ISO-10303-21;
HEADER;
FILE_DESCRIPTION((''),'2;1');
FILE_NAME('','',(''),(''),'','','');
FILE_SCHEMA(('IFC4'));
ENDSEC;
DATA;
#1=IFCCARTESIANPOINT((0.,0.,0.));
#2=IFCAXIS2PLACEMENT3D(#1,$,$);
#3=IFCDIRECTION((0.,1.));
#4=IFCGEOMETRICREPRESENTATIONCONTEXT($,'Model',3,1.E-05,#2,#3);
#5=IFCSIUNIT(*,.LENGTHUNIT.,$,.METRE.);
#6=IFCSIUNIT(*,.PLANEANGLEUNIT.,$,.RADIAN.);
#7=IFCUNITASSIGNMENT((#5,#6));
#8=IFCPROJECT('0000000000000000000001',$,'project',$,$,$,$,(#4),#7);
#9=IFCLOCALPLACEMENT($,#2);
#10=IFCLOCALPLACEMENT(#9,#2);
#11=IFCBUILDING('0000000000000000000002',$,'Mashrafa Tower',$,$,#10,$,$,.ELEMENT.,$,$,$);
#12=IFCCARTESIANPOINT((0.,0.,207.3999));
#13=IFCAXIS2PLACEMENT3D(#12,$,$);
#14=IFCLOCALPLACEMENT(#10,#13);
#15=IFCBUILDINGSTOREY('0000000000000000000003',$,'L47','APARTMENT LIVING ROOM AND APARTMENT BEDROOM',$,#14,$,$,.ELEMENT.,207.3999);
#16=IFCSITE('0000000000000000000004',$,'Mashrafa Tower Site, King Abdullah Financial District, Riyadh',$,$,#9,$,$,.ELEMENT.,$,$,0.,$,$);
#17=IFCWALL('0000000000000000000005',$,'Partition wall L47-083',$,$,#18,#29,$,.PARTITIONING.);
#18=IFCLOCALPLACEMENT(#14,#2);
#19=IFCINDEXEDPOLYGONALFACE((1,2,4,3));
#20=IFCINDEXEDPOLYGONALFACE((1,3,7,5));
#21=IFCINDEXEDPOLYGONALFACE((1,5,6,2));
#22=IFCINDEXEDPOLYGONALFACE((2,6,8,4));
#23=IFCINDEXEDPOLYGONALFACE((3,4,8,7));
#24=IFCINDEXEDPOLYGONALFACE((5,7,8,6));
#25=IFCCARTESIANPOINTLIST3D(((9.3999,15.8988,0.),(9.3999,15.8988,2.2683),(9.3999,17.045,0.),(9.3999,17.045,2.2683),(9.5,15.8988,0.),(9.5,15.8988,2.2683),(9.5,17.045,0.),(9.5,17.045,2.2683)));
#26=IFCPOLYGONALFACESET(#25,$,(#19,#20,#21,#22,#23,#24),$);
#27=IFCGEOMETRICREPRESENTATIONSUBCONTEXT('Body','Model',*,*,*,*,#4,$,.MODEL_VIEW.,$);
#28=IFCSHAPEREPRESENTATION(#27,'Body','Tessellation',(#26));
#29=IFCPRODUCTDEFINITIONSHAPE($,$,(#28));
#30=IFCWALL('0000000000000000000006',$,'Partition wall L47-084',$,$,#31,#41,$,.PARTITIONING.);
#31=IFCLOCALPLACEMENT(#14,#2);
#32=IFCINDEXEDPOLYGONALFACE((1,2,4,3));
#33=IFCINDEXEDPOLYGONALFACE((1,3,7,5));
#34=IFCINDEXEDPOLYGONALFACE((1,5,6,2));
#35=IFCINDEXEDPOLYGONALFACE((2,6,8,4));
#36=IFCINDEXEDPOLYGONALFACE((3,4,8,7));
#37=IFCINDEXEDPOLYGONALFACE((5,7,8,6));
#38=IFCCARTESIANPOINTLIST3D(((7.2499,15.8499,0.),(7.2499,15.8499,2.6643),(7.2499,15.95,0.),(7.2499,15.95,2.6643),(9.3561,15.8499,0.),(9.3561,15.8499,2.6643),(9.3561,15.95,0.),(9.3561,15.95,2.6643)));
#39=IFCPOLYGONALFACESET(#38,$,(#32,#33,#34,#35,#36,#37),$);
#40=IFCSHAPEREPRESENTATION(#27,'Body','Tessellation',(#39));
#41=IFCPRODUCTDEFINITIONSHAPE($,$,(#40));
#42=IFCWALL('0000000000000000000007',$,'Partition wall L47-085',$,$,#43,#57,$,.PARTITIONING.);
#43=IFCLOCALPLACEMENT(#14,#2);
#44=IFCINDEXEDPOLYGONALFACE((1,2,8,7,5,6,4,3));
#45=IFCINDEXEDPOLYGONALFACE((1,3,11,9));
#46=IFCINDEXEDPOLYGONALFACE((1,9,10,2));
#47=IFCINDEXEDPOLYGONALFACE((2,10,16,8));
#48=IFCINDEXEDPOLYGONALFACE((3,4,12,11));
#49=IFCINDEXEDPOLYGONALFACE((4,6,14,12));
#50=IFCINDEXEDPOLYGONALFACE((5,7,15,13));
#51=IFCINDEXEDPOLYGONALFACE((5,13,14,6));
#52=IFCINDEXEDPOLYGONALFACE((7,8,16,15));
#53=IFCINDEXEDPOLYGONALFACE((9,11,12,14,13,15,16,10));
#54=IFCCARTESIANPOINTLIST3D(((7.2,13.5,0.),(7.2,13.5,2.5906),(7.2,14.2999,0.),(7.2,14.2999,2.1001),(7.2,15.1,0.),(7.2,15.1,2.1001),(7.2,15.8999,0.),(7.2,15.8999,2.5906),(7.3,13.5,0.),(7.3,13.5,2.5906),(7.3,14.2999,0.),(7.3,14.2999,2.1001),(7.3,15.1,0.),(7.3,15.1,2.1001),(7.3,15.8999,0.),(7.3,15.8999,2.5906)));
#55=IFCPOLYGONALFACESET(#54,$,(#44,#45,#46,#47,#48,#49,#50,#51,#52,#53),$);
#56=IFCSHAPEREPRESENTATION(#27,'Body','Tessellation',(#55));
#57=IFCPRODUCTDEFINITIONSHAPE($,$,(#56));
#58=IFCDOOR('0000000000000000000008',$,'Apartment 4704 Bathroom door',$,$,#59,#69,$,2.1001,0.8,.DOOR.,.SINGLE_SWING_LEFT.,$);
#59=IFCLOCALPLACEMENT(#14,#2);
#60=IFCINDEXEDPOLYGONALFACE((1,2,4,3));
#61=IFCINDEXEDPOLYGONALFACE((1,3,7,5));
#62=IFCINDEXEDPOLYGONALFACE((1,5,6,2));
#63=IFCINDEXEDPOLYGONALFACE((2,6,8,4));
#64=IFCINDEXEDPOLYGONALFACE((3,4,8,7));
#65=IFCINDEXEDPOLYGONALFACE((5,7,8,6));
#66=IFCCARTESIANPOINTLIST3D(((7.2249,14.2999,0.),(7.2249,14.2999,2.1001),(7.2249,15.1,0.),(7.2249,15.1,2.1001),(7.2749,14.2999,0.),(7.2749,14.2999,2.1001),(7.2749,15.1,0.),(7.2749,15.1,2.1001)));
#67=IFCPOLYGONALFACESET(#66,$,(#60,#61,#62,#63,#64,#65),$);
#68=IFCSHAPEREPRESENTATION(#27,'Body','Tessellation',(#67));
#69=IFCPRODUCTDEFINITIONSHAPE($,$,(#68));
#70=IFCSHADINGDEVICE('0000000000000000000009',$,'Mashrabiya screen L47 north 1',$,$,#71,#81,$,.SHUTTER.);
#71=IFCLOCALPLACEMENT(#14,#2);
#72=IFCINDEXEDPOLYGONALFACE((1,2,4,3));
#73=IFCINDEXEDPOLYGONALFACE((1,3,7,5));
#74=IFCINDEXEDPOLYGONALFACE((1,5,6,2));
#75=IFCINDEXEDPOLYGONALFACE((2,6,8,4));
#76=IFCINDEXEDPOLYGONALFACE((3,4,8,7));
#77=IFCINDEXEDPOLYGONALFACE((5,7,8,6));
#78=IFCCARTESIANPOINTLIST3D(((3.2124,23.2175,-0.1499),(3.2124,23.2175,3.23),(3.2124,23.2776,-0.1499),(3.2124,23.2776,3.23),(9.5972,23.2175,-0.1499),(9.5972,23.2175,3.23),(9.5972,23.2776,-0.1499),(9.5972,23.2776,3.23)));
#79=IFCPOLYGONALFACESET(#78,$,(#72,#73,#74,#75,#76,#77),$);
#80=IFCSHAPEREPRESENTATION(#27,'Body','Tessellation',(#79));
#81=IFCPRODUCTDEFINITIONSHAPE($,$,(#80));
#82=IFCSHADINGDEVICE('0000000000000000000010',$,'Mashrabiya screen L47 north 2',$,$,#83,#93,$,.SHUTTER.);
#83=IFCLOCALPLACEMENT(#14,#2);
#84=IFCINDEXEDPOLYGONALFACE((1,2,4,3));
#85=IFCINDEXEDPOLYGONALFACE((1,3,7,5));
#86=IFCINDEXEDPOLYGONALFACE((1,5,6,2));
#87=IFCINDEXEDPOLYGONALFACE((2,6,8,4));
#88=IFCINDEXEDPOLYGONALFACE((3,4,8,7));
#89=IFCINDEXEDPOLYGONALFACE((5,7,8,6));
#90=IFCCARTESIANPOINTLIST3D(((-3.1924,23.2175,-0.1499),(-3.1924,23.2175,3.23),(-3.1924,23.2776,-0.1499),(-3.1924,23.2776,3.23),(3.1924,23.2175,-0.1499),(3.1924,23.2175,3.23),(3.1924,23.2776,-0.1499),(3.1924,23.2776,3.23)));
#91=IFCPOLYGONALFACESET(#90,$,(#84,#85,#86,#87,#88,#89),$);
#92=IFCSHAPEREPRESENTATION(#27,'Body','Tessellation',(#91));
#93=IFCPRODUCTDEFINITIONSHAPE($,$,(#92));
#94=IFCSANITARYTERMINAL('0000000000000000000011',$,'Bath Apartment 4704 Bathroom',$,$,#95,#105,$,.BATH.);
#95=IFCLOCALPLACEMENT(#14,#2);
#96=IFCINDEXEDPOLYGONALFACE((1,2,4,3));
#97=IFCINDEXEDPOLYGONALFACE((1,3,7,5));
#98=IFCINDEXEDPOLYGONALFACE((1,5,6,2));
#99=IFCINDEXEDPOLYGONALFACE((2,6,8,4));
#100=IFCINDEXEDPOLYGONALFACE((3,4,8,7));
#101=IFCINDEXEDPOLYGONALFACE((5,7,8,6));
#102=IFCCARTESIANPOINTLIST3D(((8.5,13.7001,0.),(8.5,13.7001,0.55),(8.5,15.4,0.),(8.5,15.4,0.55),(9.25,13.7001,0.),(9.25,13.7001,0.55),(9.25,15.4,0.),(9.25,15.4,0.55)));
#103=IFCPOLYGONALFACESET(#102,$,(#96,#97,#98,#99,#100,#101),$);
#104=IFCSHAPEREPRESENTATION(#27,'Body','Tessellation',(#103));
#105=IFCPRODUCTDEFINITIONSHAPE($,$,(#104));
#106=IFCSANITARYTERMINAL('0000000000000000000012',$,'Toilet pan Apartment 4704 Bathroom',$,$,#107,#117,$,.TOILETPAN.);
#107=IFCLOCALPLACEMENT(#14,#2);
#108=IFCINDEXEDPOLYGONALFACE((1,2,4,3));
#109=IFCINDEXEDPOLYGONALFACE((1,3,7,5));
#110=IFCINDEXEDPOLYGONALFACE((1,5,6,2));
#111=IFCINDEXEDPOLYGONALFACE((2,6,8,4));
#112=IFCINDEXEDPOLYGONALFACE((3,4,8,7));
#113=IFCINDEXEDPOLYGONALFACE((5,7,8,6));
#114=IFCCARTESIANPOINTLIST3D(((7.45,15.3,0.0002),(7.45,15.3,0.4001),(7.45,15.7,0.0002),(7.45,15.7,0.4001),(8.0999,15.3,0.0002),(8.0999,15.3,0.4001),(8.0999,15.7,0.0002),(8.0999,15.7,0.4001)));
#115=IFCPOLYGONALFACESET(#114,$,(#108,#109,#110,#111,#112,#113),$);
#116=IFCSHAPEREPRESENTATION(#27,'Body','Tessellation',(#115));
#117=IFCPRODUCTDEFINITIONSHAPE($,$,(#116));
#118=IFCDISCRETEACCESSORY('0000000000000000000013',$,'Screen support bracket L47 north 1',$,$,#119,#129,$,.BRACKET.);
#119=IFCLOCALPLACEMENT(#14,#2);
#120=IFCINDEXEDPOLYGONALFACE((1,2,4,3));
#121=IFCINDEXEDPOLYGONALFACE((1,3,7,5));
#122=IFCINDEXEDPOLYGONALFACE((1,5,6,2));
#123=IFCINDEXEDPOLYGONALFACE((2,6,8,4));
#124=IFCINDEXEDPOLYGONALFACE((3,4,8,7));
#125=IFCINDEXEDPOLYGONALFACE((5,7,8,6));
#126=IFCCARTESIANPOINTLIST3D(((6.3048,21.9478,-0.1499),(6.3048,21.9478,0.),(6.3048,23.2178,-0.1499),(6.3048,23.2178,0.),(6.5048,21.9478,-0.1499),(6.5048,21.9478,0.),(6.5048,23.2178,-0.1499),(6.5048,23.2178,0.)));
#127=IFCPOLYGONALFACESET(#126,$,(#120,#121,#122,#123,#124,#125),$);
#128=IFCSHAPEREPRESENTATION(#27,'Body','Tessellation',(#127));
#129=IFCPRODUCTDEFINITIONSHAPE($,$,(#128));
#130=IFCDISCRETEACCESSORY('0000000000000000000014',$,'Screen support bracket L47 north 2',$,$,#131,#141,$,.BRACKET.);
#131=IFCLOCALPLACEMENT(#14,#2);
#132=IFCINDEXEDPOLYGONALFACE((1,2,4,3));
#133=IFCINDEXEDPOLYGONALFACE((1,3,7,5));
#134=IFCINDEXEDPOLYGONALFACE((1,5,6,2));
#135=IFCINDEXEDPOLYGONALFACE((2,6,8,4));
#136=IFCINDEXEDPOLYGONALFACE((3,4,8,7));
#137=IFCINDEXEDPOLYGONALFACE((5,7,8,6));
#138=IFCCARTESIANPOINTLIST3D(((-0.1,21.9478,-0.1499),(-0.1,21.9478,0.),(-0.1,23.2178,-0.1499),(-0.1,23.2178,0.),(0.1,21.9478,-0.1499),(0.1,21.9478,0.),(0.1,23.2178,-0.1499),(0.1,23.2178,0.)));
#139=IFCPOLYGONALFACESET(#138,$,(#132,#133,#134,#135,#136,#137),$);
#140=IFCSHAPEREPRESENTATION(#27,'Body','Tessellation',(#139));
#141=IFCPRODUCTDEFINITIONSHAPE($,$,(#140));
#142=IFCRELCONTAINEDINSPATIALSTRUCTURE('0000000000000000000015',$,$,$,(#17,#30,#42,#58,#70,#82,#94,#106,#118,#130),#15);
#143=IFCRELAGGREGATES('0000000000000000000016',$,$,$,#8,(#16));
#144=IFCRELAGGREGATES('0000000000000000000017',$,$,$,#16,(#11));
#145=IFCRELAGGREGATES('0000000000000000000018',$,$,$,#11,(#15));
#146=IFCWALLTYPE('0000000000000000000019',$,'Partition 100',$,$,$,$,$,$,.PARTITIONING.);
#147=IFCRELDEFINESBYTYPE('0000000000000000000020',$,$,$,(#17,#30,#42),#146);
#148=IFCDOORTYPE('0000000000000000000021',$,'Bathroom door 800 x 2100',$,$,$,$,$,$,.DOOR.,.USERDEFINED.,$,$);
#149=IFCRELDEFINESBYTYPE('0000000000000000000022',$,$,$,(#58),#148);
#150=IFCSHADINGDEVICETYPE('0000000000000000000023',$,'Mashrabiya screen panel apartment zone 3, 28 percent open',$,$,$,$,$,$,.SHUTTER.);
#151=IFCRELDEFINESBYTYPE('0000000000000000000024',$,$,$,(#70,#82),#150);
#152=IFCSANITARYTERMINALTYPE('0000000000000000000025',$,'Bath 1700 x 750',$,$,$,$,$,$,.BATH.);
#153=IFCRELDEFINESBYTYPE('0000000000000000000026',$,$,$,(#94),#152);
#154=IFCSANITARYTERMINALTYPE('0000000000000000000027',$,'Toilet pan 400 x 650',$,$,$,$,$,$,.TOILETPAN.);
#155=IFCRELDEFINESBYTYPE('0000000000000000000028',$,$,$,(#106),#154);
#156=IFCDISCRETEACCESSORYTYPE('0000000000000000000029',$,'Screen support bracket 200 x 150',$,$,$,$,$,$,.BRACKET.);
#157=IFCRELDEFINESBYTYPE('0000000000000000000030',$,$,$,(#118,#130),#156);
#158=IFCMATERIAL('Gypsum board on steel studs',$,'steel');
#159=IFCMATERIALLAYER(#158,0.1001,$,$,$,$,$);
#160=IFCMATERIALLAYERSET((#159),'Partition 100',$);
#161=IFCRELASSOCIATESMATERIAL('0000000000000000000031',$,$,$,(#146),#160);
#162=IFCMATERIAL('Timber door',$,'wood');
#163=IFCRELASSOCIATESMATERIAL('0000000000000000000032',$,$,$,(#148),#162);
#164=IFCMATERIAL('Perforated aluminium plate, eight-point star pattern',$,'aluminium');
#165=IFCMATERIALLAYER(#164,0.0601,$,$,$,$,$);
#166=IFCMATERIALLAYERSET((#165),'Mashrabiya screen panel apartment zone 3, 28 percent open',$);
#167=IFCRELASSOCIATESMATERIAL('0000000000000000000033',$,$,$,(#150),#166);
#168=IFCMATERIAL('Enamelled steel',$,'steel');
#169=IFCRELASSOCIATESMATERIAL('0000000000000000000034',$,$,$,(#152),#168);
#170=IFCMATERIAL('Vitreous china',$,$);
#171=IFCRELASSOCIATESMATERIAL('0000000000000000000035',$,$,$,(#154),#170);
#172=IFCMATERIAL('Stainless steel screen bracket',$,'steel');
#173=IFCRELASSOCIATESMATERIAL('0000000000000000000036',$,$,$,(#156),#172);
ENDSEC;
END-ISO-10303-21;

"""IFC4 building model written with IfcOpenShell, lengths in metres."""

from ifc_helpers import new_model, si_unit, direction, frame, frame_2d, origin, origin_2d, place, context, subcontext, project, spatial, rectangle, extrude, source, transform, mapped, material, layer, layer_set, type_object, type_shapes, element, fill, save


model = new_model("IFC4")

# Units and contexts
model_context = context("Model", 3, precision=1e-05, world=origin(), true_north=direction((0.0, 1.0)))
body_context = subcontext(model_context, "Body", "Model", "MODEL_VIEW")
ifc_project = project(units=[si_unit("LENGTHUNIT", "METRE"), si_unit("PLANEANGLEUNIT", "RADIAN")], contexts=[model_context])

# Site, building, storey
site_placement = place(None, origin())
site = spatial("IfcSite", under=ifc_project, at=site_placement, Name="Mashrafa Tower Site, King Abdullah Financial District, Riyadh", CompositionType="ELEMENT", RefElevation=0.0)
building_placement = place(site_placement, origin())
building = spatial("IfcBuilding", under=site, at=building_placement, Name="Mashrafa Tower", CompositionType="ELEMENT")
storey_placement = place(building_placement, frame((0.0, 0.0, 207.3999)))
storey = spatial("IfcBuildingStorey", under=building, at=storey_placement, Name="L47", Description="APARTMENT LIVING ROOM AND APARTMENT BEDROOM", CompositionType="ELEMENT", Elevation=207.3999)

# Shared definitions
ifc_material_1 = material(Name="Gypsum board on steel studs", Category="steel")
ifc_layer_1 = layer(ifc_material_1, 0.1001)
ifc_layer_set_1 = layer_set([ifc_layer_1], Name="Partition 100")
wall_type_1 = type_object("IfcWallType", Name="Partition 100", PredefinedType="PARTITIONING", material=ifc_layer_set_1)

# Walls
wall_1_placement = place(storey_placement, frame((9.45, 17.0452, 0.0), z_axis=(0.0, 0.0, 1.0), x_axis=(0.0, -1.0, 0.0)))
element("IfcWall", 1, at=wall_1_placement, inside=storey, type_object=wall_type_1, Name="Partition wall L47-083", PredefinedType="PARTITIONING", context=body_context, shape_type="SweptSolid", body=[
    extrude(rectangle(XDim=1.1462, YDim=0.1001, at=frame_2d((0.5732, 0.0))), origin(), (0.0, 0.0, 1.0), 2.2683),
])
wall_2_placement = place(storey_placement, frame((9.3562, 15.8999, 0.0), z_axis=(0.0, 0.0, 1.0), x_axis=(-1.0, 0.0, 0.0)))
element("IfcWall", 2, at=wall_2_placement, inside=storey, type_object=wall_type_1, Name="Partition wall L47-084", PredefinedType="PARTITIONING", context=body_context, shape_type="SweptSolid", body=[
    extrude(rectangle(XDim=2.1062, YDim=0.1001, at=frame_2d((1.0532, 0.0))), origin(), (0.0, 0.0, 1.0), 2.6643),
])

# Wall, opening, door
wall_3_placement = place(storey_placement, frame((7.25, 15.8999, 0.0), z_axis=(0.0, 0.0, 1.0), x_axis=(0.0, -1.0, 0.0)))
wall_3 = element("IfcWall", 3, at=wall_3_placement, inside=storey, type_object=wall_type_1, Name="Partition wall L47-085", PredefinedType="PARTITIONING", context=body_context, shape_type="SweptSolid", body=[
    extrude(rectangle(XDim=2.3999, YDim=0.1001, at=frame_2d((1.2, 0.0))), origin(), (0.0, 0.0, 1.0), 2.5906),
])
opening_1_placement = place(wall_3_placement, frame((0.8, 0.0, 0.0)))
opening_1 = element("IfcOpeningElement", 4, at=opening_1_placement, cuts=wall_3, PredefinedType="OPENING", context=body_context, shape_type="SweptSolid", body=[
    extrude(rectangle(XDim=0.8, YDim=2.1001, at=frame_2d((0.3999, 1.05))), frame((0.0, 0.0601, 0.0), z_axis=(0.0, -1.0, 0.0), x_axis=(1.0, 0.0, 0.0)), (0.0, 0.0, 1.0), 0.1201),
])
ifc_material_2 = material(Name="Timber door", Category="wood")
door_type_1 = type_object("IfcDoorType", Name="Bathroom door 800 x 2100", OperationType="USERDEFINED", PredefinedType="DOOR", material=ifc_material_2)
door_1_placement = place(opening_1_placement, origin())
door_1 = element("IfcDoor", 5, at=door_1_placement, inside=storey, type_object=door_type_1, Name="Apartment 4704 Bathroom door", OperationType="SINGLE_SWING_LEFT", OverallHeight=2.1001, OverallWidth=0.8, PredefinedType="DOOR", context=body_context, shape_type="SweptSolid", body=[
    extrude(rectangle(XDim=0.8, YDim=2.1001, at=frame_2d((0.3999, 1.05))), frame((0.0, 0.0249, 0.0), z_axis=(0.0, -1.0, 0.0), x_axis=(1.0, 0.0, 0.0)), (0.0, 0.0, 1.0), 0.05),
])
fill(opening_1, door_1)

# Shading devices
ifc_material_3 = material(Name="Perforated aluminium plate, eight-point star pattern", Category="aluminium")
ifc_layer_2 = layer(ifc_material_3, 0.0601)
ifc_layer_set_2 = layer_set([ifc_layer_2], Name="Mashrabiya screen panel apartment zone 3, 28 percent open")
shading_device_type = type_object("IfcShadingDeviceType", Name="Mashrabiya screen panel apartment zone 3, 28 percent open", PredefinedType="SHUTTER", material=ifc_layer_set_2)
shared_shape_1 = source(origin(), body_context, "Body", "SweptSolid", [
    extrude(rectangle(XDim=6.3848, YDim=0.0601, at=origin_2d()), origin(), (0.0, 0.0, 1.0), 3.3799),
])
type_shapes(shading_device_type, [shared_shape_1])
for number, where, z_axis, x_axis, name in (
    (6, (6.4048, 23.2476, -0.1499), (0.0, 0.0, 1.0), (-1.0, 0.0, 0.0), "Mashrabiya screen L47 north 1"),
    (7, (0.0, 23.2476, -0.1499), (0.0, 0.0, 1.0), (-1.0, 0.0, 0.0), "Mashrabiya screen L47 north 2"),
):
    element("IfcShadingDevice", number, at=place(storey_placement, frame(where, z_axis=z_axis, x_axis=x_axis)), inside=storey, type_object=shading_device_type, Name=name, PredefinedType="SHUTTER", context=body_context, shape_type="MappedRepresentation", body=[
        mapped(shared_shape_1, transform((0.0, 0.0, 0.0))),
    ])

# Sanitary terminals
ifc_material_4 = material(Name="Enamelled steel", Category="steel")
sanitary_terminal_type_1 = type_object("IfcSanitaryTerminalType", Name="Bath 1700 x 750", PredefinedType="BATH", material=ifc_material_4)
sanitary_terminal_1_placement = place(storey_placement, frame((8.875, 14.55, 0.0), z_axis=(0.0, 0.0, 1.0), x_axis=(0.0, 1.0, 0.0)))
element("IfcSanitaryTerminal", 8, at=sanitary_terminal_1_placement, inside=storey, type_object=sanitary_terminal_type_1, Name="Bath Apartment 4704 Bathroom", PredefinedType="BATH", context=body_context, shape_type="SweptSolid", body=[
    extrude(rectangle(XDim=1.7, YDim=0.75, at=origin_2d()), origin(), (0.0, 0.0, 1.0), 0.55),
])
ifc_material_5 = material(Name="Vitreous china")
sanitary_terminal_type_2 = type_object("IfcSanitaryTerminalType", Name="Toilet pan 400 x 650", PredefinedType="TOILETPAN", material=ifc_material_5)
sanitary_terminal_2_placement = place(storey_placement, frame((7.7749, 15.5, 0.0002), z_axis=(0.0, 0.0, 1.0), x_axis=(0.0, -1.0, 0.0)))
element("IfcSanitaryTerminal", 9, at=sanitary_terminal_2_placement, inside=storey, type_object=sanitary_terminal_type_2, Name="Toilet pan Apartment 4704 Bathroom", PredefinedType="TOILETPAN", context=body_context, shape_type="SweptSolid", body=[
    extrude(rectangle(XDim=0.3999, YDim=0.6499, at=origin_2d()), origin(), (0.0, 0.0, 1.0), 0.3999),
])

# Discrete accessories
ifc_material_6 = material(Name="Stainless steel screen bracket", Category="steel")
discrete_accessory_type = type_object("IfcDiscreteAccessoryType", Name="Screen support bracket 200 x 150", PredefinedType="BRACKET", material=ifc_material_6)
shared_shape_2 = source(origin(), body_context, "Body", "SweptSolid", [
    extrude(rectangle(XDim=0.2, YDim=1.27, at=origin_2d()), origin(), (0.0, 0.0, 1.0), 0.1499),
])
type_shapes(discrete_accessory_type, [shared_shape_2])
for number, where, z_axis, x_axis, name in (
    (10, (6.4048, 22.5828, -0.1499), (0.0, 0.0, 1.0), (-1.0, 0.0, 0.0), "Screen support bracket L47 north 1"),
    (11, (0.0, 22.5828, -0.1499), (0.0, 0.0, 1.0), (-1.0, 0.0, 0.0), "Screen support bracket L47 north 2"),
):
    element("IfcDiscreteAccessory", number, at=place(storey_placement, frame(where, z_axis=z_axis, x_axis=x_axis)), inside=storey, type_object=discrete_accessory_type, Name=name, PredefinedType="BRACKET", context=body_context, shape_type="MappedRepresentation", body=[
        mapped(shared_shape_2, transform((0.0, 0.0, 0.0))),
    ])

save(model, "model.ifc")
